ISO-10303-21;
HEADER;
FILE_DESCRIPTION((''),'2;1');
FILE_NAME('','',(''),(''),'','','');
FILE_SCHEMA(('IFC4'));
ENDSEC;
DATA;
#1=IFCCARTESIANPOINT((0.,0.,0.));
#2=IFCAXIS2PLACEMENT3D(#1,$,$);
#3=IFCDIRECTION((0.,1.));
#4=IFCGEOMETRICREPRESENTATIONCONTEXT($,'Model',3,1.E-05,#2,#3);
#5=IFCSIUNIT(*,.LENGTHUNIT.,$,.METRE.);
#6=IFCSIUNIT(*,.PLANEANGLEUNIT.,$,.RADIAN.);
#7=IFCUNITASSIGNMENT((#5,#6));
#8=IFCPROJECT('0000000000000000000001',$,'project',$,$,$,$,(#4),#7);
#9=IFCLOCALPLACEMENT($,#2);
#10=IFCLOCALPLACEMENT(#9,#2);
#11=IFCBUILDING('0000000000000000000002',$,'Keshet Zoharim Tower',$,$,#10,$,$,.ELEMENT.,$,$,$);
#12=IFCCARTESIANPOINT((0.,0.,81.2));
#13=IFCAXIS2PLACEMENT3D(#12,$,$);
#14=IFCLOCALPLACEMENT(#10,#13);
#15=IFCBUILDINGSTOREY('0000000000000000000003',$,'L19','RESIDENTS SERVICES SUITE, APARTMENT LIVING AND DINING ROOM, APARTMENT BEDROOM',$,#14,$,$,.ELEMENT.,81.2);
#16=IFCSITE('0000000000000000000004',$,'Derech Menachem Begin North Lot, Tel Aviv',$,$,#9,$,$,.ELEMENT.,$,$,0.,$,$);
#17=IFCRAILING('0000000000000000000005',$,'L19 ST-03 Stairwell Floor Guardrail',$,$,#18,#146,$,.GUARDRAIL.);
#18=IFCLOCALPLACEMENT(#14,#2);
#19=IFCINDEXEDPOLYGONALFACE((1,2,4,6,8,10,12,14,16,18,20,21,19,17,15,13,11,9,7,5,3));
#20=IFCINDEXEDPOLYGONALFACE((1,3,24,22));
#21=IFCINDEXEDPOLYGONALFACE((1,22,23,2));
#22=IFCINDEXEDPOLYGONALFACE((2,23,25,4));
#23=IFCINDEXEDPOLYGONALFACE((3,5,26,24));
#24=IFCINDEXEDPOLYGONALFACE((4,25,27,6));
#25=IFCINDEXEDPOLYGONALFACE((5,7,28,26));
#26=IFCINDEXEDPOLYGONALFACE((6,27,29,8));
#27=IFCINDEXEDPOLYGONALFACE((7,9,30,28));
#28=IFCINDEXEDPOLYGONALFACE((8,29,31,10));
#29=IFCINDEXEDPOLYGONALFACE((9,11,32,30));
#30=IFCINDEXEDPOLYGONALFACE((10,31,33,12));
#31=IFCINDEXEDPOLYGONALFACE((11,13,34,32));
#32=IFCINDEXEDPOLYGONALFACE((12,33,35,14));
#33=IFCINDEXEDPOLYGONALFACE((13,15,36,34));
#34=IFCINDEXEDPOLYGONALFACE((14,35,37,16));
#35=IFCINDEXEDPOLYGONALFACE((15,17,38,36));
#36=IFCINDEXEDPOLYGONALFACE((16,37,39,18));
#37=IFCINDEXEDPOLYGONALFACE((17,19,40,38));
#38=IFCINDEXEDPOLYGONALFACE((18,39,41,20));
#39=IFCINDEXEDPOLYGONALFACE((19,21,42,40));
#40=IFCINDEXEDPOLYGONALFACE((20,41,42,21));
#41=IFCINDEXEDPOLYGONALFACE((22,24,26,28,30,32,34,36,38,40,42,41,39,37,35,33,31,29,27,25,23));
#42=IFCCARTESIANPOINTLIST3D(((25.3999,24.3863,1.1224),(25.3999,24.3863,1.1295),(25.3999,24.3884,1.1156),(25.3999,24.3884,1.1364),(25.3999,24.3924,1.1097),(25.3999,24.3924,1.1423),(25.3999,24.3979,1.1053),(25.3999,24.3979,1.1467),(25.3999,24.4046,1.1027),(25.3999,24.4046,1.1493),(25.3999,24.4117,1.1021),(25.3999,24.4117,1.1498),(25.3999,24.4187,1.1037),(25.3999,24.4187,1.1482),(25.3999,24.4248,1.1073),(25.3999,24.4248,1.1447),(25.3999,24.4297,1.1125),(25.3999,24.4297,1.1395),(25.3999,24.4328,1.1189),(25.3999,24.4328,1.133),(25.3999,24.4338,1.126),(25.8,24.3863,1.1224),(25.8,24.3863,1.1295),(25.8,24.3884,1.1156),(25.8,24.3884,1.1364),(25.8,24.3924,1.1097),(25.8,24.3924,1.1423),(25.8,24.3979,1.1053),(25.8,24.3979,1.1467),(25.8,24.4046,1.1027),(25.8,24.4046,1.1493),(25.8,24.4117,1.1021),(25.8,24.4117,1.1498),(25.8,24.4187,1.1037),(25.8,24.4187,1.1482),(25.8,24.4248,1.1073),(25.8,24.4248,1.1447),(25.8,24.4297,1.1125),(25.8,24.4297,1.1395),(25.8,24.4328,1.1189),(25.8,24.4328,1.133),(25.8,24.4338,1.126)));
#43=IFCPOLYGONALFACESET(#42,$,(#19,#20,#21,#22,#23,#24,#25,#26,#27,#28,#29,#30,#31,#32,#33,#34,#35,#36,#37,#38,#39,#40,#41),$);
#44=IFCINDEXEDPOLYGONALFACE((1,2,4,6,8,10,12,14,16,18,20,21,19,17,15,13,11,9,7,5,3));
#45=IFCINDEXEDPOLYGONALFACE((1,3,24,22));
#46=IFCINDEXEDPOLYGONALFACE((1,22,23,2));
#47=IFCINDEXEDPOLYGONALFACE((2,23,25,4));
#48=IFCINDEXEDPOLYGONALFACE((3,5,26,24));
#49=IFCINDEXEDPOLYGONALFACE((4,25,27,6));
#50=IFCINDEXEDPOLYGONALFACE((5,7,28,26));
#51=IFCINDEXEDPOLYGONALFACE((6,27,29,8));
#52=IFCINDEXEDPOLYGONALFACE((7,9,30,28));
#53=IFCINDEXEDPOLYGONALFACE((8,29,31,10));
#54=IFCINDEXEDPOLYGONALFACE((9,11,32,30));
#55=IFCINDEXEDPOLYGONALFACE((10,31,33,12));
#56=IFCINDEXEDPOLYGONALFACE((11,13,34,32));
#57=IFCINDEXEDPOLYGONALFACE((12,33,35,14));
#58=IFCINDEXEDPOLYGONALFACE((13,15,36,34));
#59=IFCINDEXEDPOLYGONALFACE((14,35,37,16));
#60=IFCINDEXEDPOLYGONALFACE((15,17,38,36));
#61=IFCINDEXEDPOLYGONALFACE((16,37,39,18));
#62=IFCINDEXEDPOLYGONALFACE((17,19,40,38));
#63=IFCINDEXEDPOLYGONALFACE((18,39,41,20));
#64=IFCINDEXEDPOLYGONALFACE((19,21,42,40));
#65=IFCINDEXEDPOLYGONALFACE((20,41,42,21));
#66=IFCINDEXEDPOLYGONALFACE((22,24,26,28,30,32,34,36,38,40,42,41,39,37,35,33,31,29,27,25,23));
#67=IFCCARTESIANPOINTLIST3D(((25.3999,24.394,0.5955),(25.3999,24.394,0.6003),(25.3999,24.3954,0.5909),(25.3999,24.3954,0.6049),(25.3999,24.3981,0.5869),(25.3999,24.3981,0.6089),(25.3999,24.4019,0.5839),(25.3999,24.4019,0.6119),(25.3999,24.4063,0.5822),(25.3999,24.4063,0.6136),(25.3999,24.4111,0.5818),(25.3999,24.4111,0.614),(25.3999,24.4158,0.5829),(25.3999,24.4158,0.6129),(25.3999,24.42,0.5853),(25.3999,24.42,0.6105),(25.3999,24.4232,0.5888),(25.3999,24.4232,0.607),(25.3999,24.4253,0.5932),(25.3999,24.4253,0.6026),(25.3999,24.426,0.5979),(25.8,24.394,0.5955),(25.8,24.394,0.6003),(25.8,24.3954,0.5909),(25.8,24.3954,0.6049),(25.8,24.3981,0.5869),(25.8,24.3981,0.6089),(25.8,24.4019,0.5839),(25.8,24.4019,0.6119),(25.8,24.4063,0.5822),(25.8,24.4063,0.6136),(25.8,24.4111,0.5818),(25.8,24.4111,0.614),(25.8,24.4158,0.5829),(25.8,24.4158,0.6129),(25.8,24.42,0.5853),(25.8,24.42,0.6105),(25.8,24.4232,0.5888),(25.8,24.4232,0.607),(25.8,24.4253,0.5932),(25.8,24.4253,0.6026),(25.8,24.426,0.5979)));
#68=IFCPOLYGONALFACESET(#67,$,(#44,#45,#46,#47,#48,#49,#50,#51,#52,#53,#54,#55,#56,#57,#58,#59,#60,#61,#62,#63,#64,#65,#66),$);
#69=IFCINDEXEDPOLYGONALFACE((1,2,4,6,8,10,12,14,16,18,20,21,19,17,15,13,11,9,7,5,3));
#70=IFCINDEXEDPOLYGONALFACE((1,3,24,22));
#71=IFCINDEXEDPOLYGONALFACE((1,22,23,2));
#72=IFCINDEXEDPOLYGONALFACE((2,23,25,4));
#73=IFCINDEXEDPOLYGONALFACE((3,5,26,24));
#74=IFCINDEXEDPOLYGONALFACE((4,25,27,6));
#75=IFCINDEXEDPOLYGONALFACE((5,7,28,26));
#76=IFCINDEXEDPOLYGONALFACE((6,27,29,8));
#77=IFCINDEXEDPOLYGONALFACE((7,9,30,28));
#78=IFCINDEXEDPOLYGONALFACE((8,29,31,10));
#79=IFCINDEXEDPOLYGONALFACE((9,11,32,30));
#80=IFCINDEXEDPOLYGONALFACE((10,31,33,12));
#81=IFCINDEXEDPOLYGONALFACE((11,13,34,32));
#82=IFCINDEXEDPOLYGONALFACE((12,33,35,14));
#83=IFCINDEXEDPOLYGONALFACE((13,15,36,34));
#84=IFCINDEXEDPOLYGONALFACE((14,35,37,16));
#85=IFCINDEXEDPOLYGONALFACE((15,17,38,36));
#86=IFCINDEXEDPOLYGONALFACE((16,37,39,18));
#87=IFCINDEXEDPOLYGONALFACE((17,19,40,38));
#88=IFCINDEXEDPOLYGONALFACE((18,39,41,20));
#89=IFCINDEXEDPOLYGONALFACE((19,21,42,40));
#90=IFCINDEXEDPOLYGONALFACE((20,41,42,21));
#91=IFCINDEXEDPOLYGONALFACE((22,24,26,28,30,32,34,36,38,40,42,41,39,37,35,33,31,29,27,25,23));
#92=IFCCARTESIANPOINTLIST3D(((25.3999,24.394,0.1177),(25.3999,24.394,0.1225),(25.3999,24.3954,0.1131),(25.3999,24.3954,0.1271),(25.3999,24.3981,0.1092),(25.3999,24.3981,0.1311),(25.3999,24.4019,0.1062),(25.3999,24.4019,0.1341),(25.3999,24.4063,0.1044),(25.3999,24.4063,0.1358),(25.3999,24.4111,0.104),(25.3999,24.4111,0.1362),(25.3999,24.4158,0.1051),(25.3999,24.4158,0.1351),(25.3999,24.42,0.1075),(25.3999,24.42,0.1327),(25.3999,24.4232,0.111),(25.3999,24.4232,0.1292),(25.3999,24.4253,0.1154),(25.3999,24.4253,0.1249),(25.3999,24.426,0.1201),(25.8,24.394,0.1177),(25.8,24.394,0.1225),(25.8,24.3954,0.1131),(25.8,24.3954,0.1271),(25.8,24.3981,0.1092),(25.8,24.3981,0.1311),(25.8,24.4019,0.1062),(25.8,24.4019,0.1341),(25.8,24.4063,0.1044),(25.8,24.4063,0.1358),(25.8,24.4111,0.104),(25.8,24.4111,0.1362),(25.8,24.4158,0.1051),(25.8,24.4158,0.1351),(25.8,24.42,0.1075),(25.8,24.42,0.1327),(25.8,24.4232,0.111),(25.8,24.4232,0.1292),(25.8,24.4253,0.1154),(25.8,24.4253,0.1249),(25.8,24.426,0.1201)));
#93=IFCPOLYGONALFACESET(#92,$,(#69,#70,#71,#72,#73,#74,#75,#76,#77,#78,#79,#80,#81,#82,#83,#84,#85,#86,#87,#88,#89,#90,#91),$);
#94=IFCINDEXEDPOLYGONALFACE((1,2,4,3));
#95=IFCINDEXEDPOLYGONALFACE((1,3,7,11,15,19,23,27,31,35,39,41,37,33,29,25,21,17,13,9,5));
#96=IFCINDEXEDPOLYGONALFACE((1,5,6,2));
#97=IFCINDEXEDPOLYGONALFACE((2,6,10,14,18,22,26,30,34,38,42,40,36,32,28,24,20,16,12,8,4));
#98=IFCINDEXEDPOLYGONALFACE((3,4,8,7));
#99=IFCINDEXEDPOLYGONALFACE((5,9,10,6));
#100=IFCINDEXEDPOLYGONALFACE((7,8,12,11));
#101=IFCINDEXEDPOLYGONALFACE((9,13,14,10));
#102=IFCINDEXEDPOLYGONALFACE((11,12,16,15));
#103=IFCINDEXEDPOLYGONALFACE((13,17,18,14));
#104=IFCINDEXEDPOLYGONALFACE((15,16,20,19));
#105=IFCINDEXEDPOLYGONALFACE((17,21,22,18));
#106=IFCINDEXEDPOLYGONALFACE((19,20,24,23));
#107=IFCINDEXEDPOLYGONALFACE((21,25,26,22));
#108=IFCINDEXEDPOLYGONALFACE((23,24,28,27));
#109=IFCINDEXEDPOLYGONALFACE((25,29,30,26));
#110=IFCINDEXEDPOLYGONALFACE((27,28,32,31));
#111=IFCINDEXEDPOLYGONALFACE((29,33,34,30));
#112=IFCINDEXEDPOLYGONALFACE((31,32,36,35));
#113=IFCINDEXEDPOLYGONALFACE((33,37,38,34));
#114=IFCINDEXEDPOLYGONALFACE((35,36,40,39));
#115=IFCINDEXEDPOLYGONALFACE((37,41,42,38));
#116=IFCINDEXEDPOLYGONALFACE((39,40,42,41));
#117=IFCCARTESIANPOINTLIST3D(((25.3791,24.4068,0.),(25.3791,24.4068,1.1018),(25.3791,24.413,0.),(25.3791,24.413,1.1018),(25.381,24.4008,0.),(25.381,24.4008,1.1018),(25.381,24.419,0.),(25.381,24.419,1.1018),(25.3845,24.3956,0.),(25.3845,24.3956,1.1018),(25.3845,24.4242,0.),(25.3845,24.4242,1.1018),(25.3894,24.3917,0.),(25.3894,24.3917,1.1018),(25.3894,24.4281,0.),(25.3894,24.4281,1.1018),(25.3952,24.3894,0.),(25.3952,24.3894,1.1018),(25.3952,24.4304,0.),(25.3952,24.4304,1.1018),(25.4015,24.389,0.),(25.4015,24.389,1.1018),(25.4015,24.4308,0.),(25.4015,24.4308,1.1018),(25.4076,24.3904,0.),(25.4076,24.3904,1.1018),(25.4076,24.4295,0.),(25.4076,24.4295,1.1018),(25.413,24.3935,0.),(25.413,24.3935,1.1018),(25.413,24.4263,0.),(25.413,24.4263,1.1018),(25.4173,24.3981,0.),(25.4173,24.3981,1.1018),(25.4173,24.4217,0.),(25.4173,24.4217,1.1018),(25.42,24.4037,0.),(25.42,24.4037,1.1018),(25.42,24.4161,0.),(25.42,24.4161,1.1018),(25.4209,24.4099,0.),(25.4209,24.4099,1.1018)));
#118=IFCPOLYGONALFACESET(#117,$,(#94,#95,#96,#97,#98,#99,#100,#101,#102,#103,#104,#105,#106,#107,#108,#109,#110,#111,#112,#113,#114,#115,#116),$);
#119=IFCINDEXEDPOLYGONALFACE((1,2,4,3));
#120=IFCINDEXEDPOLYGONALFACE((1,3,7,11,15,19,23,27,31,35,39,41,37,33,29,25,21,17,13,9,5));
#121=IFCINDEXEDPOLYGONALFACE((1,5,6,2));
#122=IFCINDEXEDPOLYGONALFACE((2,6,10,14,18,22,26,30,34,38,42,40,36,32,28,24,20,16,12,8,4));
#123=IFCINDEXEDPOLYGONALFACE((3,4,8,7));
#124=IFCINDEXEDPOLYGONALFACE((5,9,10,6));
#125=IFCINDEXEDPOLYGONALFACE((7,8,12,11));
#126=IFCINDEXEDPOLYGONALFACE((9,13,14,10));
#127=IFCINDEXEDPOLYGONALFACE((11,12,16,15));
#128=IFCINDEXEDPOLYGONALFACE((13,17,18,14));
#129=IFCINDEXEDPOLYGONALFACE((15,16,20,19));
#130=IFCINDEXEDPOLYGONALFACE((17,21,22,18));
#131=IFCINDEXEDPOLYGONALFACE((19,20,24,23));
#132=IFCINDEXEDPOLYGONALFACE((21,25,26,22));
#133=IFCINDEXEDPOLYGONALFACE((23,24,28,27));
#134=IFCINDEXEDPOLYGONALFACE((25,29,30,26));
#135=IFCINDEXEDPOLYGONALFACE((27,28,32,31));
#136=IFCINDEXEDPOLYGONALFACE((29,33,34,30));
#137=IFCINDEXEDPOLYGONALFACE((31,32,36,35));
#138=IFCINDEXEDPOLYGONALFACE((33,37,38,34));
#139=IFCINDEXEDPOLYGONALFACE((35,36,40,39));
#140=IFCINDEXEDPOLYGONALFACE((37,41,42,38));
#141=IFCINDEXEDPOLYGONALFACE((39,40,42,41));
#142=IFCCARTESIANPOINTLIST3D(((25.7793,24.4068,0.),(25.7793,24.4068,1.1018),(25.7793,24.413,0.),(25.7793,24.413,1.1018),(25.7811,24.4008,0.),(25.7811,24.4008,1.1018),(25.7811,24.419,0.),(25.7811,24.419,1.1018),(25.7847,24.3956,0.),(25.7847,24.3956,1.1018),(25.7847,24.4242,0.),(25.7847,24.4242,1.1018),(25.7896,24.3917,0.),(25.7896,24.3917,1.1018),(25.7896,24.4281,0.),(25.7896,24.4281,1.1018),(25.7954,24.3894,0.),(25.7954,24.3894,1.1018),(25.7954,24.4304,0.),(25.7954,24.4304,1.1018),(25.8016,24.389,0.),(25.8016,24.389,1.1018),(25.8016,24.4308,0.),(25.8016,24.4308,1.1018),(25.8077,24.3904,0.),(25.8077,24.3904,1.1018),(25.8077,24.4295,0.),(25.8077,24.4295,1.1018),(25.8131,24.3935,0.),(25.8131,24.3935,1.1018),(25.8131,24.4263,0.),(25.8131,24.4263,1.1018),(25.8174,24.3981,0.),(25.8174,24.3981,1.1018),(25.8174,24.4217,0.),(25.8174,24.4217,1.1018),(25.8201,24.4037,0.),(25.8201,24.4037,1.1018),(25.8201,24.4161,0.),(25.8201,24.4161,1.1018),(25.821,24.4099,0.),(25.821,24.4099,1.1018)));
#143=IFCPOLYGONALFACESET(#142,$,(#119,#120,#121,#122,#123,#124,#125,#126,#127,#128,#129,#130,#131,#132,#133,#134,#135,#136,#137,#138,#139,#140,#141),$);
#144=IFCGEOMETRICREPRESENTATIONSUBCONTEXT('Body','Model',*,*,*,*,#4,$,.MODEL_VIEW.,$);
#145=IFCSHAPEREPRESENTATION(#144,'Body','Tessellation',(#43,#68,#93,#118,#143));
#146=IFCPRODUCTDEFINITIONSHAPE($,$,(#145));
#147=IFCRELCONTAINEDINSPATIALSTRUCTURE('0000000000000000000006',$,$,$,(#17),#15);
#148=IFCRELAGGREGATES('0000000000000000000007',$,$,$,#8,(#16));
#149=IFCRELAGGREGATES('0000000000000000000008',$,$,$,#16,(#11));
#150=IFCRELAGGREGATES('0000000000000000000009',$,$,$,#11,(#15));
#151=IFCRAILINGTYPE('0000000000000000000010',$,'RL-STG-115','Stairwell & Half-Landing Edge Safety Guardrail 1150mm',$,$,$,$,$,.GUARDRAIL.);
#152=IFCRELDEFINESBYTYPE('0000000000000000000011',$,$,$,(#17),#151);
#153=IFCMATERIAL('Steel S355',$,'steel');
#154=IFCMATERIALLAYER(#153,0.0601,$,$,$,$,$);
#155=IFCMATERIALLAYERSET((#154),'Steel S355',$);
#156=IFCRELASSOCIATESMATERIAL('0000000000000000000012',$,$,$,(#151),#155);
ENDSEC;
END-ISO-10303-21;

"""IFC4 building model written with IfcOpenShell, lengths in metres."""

from ifc_helpers import new_model, si_unit, direction, frame, origin, origin_2d, place, context, subcontext, project, spatial, circle, extrude, material, layer, layer_set, type_object, element, save


model = new_model("IFC4")

# Units and contexts
model_context = context("Model", 3, precision=1e-05, world=origin(), true_north=direction((0.0, 1.0)))
body_context = subcontext(model_context, "Body", "Model", "MODEL_VIEW")
ifc_project = project(units=[si_unit("LENGTHUNIT", "METRE"), si_unit("PLANEANGLEUNIT", "RADIAN")], contexts=[model_context])

# Site, building, storey
site_placement = place(None, origin())
site = spatial("IfcSite", under=ifc_project, at=site_placement, Name="Derech Menachem Begin North Lot, Tel Aviv", CompositionType="ELEMENT", RefElevation=0.0)
building_placement = place(site_placement, origin())
building = spatial("IfcBuilding", under=site, at=building_placement, Name="Keshet Zoharim Tower", CompositionType="ELEMENT")
storey_placement = place(building_placement, frame((0.0, 0.0, 81.2)))
storey = spatial("IfcBuildingStorey", under=building, at=storey_placement, Name="L19", Description="RESIDENTS SERVICES SUITE, APARTMENT LIVING AND DINING ROOM, APARTMENT BEDROOM", CompositionType="ELEMENT", Elevation=81.2)

# Shared definitions
ifc_material_1 = material(Name="Steel S355", Category="steel")

# Railing
ifc_layer_1 = layer(ifc_material_1, 0.0601)
ifc_layer_set_1 = layer_set([ifc_layer_1], Name="Steel S355")
railing_type = type_object("IfcRailingType", Name="RL-STG-115", Description="Stairwell & Half-Landing Edge Safety Guardrail 1150mm", PredefinedType="GUARDRAIL", material=ifc_layer_set_1)
railing_placement = place(storey_placement, frame((25.3999, 24.4099, 0.0)))
element("IfcRailing", 1, at=railing_placement, inside=storey, type_object=railing_type, Name="L19 ST-03 Stairwell Floor Guardrail", PredefinedType="GUARDRAIL", context=body_context, shape_type="SweptSolid", body=[
    extrude(circle(Radius=0.0239, at=origin_2d()), frame((0.0, 0.0, 1.126), z_axis=(1.0, 0.0, 0.0), x_axis=(0.0, 1.0, 0.0)), (0.0, 0.0, 1.0), 0.4001),
    extrude(circle(Radius=0.0161, at=origin_2d()), frame((0.0, 0.0, 0.5979), z_axis=(1.0, 0.0, 0.0), x_axis=(0.0, 1.0, 0.0)), (0.0, 0.0, 1.0), 0.4001),
    extrude(circle(Radius=0.0161, at=origin_2d()), frame((0.0, 0.0, 0.1201), z_axis=(1.0, 0.0, 0.0), x_axis=(0.0, 1.0, 0.0)), (0.0, 0.0, 1.0), 0.4001),
    extrude(circle(Radius=0.021, at=origin_2d()), origin(), (0.0, 0.0, 1.0), 1.1018),
    extrude(circle(Radius=0.021, at=origin_2d()), frame((0.4001, 0.0, 0.0)), (0.0, 0.0, 1.0), 1.1018),
])

save(model, "model.ifc")
